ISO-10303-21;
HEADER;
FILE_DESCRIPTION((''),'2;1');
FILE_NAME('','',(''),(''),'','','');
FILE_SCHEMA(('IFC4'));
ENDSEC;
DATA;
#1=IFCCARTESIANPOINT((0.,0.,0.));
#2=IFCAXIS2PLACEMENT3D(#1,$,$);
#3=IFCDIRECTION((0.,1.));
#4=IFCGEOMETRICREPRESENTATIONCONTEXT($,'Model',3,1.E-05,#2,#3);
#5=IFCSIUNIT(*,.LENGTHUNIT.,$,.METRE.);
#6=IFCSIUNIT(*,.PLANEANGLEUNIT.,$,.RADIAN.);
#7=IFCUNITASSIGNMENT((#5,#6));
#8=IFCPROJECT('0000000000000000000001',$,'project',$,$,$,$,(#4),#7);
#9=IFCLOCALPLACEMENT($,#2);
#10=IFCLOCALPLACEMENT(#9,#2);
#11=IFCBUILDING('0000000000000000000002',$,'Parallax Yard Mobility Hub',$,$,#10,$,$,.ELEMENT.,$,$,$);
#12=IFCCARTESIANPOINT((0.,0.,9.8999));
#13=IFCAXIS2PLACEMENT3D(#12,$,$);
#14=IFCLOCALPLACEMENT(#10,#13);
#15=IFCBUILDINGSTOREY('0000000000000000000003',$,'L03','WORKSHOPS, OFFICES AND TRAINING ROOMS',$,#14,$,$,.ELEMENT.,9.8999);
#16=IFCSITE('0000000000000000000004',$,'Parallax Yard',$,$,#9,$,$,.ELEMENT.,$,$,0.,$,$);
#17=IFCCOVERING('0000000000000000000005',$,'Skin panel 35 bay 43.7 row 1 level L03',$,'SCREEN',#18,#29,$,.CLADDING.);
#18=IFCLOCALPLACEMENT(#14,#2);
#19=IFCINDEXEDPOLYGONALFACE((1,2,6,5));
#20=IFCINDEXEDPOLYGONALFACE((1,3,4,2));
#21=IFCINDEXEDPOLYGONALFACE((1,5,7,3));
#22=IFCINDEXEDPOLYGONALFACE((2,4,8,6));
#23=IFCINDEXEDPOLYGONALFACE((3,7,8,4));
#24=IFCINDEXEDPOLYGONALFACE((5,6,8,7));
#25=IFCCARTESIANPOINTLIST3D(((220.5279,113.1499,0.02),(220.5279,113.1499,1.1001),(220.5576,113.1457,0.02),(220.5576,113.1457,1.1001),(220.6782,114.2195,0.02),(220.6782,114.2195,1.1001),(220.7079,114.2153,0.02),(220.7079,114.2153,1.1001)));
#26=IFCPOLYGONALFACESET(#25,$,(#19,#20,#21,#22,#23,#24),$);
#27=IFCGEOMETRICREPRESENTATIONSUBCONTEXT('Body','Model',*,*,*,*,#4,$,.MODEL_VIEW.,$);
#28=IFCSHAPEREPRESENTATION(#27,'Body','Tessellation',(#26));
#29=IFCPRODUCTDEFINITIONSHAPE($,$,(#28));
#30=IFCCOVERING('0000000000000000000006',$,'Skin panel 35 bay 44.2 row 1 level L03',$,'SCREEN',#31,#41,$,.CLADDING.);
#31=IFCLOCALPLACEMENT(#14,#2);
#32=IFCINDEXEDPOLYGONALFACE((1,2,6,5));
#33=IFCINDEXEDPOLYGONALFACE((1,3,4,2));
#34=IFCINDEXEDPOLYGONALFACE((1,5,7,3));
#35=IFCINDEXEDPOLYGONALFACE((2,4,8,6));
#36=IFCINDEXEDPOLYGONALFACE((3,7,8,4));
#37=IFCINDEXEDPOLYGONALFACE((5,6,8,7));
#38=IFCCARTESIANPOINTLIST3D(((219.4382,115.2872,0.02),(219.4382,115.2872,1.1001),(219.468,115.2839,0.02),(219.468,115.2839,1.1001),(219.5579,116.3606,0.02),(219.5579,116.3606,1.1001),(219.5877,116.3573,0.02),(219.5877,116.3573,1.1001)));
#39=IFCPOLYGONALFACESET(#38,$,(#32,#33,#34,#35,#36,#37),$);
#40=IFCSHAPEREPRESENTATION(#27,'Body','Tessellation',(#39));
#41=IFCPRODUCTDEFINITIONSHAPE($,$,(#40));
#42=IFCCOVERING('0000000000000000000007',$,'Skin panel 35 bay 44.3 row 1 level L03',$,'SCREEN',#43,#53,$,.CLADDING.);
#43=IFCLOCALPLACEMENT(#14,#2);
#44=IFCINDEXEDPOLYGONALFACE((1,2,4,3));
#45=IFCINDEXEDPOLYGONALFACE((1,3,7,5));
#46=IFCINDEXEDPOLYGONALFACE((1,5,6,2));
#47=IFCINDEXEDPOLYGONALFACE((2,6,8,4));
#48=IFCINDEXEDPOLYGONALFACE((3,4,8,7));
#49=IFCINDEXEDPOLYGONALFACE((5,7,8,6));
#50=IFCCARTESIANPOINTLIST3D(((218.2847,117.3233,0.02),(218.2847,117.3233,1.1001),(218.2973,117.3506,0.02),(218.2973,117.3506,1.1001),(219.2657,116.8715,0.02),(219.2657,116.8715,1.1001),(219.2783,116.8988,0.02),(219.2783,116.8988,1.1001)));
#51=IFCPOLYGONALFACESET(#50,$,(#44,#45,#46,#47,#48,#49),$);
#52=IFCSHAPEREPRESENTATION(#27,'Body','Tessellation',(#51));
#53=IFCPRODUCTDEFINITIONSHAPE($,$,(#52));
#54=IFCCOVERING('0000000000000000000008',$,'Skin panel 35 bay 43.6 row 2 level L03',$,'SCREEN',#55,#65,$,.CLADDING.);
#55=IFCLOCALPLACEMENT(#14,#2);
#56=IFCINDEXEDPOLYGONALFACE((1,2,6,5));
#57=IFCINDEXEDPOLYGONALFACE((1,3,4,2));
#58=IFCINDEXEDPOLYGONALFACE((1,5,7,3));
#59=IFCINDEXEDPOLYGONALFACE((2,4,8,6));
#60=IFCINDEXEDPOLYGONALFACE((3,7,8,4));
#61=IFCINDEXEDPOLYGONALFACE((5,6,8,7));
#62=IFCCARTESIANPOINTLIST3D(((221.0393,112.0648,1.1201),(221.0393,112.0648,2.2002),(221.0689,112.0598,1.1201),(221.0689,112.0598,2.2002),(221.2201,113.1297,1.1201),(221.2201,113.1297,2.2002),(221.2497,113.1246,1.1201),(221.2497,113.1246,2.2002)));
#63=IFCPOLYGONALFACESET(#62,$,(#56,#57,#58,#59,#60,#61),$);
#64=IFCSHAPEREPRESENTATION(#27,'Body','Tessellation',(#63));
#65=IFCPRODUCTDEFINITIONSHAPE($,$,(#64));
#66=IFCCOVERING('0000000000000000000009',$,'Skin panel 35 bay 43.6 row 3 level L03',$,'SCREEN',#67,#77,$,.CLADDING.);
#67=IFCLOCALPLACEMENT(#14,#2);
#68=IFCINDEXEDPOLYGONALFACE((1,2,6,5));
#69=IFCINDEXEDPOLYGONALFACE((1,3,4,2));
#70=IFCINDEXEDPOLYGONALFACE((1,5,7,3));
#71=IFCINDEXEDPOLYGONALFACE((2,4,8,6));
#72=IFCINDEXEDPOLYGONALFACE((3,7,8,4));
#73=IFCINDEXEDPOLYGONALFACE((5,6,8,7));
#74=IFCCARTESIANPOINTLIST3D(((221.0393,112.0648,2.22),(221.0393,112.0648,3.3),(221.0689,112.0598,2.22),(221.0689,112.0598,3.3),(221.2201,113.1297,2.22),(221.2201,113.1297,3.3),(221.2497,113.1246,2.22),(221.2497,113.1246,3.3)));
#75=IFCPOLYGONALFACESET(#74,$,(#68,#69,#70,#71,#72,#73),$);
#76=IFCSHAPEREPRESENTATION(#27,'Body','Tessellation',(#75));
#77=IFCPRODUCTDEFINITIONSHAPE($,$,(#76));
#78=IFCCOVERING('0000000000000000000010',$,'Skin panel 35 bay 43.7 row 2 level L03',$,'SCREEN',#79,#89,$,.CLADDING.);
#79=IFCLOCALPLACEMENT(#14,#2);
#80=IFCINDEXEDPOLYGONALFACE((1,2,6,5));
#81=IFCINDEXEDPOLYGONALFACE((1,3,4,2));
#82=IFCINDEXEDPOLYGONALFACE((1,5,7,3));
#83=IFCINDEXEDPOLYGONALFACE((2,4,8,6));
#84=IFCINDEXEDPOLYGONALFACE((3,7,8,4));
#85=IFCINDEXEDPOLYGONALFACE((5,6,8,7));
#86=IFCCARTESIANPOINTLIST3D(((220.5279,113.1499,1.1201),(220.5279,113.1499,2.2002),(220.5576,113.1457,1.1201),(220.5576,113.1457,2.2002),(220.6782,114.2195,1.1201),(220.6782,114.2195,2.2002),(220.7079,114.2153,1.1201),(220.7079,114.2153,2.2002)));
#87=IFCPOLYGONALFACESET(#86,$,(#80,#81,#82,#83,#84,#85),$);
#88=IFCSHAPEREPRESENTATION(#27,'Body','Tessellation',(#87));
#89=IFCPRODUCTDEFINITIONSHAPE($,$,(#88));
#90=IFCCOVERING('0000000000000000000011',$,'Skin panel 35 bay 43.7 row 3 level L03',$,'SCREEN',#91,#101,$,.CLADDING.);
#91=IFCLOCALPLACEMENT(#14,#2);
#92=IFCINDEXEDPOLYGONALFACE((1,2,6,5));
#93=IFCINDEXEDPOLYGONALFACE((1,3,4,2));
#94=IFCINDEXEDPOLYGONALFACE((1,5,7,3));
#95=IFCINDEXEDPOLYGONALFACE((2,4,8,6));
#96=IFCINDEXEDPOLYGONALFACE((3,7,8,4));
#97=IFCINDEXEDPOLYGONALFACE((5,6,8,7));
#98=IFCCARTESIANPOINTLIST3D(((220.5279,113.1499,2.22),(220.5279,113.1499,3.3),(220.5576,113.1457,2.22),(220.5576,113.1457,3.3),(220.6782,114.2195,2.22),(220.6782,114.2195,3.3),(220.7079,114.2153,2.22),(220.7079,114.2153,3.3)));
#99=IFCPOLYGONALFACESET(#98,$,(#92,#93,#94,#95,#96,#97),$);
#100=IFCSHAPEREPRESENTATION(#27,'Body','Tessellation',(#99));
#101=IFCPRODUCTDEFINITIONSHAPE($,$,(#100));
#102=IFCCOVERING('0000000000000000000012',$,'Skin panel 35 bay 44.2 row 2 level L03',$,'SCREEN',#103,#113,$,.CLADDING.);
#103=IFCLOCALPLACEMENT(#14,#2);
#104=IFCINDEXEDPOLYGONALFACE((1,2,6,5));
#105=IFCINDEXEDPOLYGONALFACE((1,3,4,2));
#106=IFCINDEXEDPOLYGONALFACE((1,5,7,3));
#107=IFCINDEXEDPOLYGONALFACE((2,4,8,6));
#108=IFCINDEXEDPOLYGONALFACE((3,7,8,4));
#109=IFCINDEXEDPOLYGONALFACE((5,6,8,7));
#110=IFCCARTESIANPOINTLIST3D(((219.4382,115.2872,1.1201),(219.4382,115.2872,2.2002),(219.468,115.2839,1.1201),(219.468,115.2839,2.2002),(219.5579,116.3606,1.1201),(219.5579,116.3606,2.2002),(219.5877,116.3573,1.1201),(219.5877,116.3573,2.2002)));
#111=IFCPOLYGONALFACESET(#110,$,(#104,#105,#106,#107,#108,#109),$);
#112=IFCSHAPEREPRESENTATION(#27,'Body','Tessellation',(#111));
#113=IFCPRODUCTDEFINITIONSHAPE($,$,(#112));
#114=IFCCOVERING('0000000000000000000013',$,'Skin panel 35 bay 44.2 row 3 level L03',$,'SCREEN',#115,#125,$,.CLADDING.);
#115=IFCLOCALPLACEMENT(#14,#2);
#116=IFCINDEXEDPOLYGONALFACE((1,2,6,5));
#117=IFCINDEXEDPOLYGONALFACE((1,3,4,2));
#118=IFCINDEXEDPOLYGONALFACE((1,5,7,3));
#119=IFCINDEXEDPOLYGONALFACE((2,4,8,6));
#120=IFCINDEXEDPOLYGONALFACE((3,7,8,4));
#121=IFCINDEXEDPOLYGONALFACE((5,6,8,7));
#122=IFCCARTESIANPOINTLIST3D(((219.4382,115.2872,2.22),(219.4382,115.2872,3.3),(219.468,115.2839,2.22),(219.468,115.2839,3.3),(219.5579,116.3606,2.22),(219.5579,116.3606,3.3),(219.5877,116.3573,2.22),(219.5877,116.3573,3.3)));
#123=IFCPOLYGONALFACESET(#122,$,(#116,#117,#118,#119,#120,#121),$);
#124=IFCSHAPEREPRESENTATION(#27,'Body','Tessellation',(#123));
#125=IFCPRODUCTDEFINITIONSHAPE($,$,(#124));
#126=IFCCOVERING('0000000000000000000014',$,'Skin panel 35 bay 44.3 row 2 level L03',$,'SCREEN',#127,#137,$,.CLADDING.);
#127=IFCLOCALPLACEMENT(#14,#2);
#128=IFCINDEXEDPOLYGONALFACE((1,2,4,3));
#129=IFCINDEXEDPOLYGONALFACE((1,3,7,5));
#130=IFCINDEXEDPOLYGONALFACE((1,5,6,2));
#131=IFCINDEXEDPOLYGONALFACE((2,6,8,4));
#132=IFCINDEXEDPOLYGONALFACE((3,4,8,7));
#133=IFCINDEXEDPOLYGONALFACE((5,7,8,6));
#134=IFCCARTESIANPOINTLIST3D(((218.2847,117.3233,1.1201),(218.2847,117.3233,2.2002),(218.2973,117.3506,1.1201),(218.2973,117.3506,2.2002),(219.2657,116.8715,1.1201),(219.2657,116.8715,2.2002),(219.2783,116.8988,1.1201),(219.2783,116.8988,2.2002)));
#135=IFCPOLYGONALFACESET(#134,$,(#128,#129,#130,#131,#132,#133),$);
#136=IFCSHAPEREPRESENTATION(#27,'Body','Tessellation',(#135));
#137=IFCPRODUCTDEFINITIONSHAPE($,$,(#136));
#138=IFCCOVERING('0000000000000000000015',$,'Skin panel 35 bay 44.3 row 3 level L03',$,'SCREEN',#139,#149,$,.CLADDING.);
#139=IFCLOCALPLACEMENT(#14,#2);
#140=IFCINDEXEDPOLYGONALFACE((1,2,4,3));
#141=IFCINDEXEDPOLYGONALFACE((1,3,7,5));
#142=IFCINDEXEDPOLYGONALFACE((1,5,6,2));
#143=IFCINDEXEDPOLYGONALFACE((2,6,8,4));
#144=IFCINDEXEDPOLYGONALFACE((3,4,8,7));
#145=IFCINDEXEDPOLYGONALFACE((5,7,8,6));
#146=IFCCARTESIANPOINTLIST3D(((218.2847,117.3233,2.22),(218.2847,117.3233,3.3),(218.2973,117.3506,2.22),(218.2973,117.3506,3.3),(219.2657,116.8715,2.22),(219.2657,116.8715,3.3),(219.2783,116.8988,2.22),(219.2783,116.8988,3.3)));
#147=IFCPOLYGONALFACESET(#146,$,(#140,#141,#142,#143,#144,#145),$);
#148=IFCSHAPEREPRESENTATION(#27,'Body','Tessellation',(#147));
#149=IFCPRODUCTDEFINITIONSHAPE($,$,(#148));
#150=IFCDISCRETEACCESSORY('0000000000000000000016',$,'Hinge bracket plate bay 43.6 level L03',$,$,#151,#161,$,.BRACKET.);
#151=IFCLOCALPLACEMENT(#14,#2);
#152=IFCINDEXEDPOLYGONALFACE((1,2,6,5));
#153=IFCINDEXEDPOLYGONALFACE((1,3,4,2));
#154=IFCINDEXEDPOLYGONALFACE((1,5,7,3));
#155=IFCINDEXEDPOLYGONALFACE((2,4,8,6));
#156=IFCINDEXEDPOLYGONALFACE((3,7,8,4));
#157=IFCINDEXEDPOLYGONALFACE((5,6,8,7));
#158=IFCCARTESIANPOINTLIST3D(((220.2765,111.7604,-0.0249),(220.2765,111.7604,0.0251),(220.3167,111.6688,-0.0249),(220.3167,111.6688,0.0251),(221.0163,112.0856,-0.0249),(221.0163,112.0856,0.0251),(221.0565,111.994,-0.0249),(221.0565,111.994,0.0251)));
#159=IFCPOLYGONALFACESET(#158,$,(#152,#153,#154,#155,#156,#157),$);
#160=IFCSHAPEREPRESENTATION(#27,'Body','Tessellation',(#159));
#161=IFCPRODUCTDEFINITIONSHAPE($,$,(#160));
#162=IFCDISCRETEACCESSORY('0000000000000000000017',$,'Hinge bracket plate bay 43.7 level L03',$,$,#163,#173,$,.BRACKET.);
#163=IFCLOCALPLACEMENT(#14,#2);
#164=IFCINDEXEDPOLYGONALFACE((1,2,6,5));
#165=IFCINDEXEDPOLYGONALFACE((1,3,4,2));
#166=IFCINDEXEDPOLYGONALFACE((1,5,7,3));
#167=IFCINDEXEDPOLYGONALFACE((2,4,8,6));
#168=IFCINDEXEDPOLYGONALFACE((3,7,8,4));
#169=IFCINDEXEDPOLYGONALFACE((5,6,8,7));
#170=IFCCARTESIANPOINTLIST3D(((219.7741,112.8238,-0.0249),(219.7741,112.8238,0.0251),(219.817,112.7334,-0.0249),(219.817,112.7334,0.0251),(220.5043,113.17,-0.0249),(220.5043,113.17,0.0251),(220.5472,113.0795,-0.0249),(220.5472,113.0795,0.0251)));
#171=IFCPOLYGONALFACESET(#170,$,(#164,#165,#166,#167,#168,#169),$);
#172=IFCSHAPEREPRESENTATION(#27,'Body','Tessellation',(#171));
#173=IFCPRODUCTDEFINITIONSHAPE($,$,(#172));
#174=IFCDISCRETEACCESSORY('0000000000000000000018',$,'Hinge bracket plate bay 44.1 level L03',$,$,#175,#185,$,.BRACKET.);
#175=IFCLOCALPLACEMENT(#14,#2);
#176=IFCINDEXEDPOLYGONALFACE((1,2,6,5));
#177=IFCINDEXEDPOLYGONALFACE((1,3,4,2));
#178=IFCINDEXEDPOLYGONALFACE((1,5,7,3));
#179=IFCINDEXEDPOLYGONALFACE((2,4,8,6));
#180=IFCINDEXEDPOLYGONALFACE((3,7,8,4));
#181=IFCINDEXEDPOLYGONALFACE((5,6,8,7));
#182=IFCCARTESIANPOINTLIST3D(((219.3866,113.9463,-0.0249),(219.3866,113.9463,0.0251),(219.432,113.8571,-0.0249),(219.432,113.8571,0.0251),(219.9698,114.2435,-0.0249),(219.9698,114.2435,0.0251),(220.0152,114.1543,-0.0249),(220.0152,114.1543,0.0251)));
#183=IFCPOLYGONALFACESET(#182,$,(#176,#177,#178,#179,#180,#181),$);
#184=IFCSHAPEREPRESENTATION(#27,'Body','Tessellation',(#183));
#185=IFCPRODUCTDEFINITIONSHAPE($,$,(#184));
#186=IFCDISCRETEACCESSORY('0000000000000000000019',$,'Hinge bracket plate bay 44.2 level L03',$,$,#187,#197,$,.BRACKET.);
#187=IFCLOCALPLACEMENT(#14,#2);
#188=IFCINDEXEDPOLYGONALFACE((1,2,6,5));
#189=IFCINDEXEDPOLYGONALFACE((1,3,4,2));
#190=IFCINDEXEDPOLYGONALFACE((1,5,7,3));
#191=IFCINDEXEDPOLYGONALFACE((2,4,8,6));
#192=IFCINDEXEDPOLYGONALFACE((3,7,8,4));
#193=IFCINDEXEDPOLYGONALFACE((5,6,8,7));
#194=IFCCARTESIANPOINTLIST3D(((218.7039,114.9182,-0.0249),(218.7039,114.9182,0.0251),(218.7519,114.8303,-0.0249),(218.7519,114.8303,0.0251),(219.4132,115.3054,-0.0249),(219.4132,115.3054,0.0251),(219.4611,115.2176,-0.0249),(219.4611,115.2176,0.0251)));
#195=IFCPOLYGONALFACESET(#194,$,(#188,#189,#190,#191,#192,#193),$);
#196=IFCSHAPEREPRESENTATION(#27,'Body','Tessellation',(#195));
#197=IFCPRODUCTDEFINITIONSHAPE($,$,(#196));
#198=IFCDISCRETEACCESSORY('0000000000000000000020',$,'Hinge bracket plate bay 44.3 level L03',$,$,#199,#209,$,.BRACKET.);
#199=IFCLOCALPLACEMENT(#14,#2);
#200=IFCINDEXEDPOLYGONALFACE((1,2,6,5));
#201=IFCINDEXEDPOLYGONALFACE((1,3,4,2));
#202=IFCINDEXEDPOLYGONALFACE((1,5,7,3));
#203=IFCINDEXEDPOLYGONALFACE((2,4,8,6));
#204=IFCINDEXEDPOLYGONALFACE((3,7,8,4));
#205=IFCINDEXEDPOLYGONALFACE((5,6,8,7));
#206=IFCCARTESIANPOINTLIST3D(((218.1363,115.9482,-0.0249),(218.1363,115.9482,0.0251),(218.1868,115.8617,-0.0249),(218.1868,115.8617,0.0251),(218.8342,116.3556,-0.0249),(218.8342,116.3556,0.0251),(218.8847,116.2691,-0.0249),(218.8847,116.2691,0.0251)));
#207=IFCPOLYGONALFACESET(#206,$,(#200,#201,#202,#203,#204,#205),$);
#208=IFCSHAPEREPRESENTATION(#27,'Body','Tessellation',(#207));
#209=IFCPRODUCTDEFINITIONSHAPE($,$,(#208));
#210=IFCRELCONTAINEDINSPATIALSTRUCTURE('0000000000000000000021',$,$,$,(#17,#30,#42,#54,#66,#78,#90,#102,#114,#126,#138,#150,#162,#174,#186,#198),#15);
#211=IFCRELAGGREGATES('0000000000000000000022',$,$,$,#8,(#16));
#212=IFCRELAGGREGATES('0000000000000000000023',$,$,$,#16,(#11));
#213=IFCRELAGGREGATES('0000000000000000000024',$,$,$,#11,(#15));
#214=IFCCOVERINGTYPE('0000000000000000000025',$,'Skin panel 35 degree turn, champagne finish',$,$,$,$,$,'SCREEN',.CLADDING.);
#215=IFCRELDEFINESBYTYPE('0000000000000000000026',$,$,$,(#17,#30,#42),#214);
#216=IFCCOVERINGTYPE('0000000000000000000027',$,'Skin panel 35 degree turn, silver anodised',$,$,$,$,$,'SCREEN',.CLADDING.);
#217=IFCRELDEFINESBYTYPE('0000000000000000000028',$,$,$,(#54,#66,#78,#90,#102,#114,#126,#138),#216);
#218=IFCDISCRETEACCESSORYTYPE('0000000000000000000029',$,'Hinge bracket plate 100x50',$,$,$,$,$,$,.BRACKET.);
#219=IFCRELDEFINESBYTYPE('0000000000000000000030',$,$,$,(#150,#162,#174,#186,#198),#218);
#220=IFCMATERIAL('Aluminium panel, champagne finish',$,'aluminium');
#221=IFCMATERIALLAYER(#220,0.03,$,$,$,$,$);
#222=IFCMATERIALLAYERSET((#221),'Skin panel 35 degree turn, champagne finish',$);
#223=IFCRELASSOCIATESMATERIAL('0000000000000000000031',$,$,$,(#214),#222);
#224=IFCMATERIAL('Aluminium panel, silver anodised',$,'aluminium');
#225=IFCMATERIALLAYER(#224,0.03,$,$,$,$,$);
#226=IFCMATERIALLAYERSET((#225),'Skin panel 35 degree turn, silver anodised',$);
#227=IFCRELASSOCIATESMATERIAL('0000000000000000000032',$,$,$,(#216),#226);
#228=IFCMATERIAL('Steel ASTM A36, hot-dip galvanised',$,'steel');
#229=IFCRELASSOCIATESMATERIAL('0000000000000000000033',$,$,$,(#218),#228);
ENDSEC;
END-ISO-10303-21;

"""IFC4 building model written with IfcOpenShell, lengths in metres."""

from ifc_helpers import new_model, si_unit, direction, frame, origin, origin_2d, place, context, subcontext, project, spatial, rectangle, extrude, material, layer, layer_set, type_object, element, save


model = new_model("IFC4")

# Units and contexts
model_context = context("Model", 3, precision=1e-05, world=origin(), true_north=direction((0.0, 1.0)))
body_context = subcontext(model_context, "Body", "Model", "MODEL_VIEW")
ifc_project = project(units=[si_unit("LENGTHUNIT", "METRE"), si_unit("PLANEANGLEUNIT", "RADIAN")], contexts=[model_context])

# Site, building, storey
site_placement = place(None, origin())
site = spatial("IfcSite", under=ifc_project, at=site_placement, Name="Parallax Yard", CompositionType="ELEMENT", RefElevation=0.0)
building_placement = place(site_placement, origin())
building = spatial("IfcBuilding", under=site, at=building_placement, Name="Parallax Yard Mobility Hub", CompositionType="ELEMENT")
storey_placement = place(building_placement, frame((0.0, 0.0, 9.8999)))
storey = spatial("IfcBuildingStorey", under=building, at=storey_placement, Name="L03", Description="WORKSHOPS, OFFICES AND TRAINING ROOMS", CompositionType="ELEMENT", Elevation=9.8999)

# Coverings
ifc_material_1 = material(Name="Aluminium panel, champagne finish", Category="aluminium")
ifc_material_2 = material(Name="Aluminium panel, silver anodised", Category="aluminium")
ifc_layer_1 = layer(ifc_material_1, 0.03)
ifc_layer_set_1 = layer_set([ifc_layer_1], Name="Skin panel 35 degree turn, champagne finish")
covering_type_1 = type_object("IfcCoveringType", Name="Skin panel 35 degree turn, champagne finish", ElementType="SCREEN", PredefinedType="CLADDING", material=ifc_layer_set_1)
for number, where, z_axis, x_axis, name in (
    (1, (220.6179, 113.6826, 0.02), (0.0, 0.0, 1.0), (0.139173, 0.990268, 0.0), "Skin panel 35 bay 43.7 row 1 level L03"),
    (2, (219.5129, 115.8223, 0.02), (0.0, 0.0, 1.0), (0.110838, 0.993839, 0.0), "Skin panel 35 bay 44.2 row 1 level L03"),
    (3, (218.7815, 117.1111, 0.02), (0.0, 0.0, 1.0), (0.908309, -0.4183, 0.0), "Skin panel 35 bay 44.3 row 1 level L03"),
):
    element("IfcCovering", number, at=place(storey_placement, frame(where, z_axis=z_axis, x_axis=x_axis)), inside=storey, type_object=covering_type_1, Name=name, ObjectType="SCREEN", PredefinedType="CLADDING", context=body_context, shape_type="SweptSolid", body=[
        extrude(rectangle(XDim=1.0801, YDim=0.03, at=origin_2d()), origin(), (0.0, 0.0, 1.0), 1.0801),
    ])
ifc_layer_2 = layer(ifc_material_2, 0.03)
ifc_layer_set_2 = layer_set([ifc_layer_2], Name="Skin panel 35 degree turn, silver anodised")
covering_type_2 = type_object("IfcCoveringType", Name="Skin panel 35 degree turn, silver anodised", ElementType="SCREEN", PredefinedType="CLADDING", material=ifc_layer_set_2)
for number, where, z_axis, x_axis, name in (
    (4, (221.1445, 112.5947, 1.1201), (0.0, 0.0, 1.0), (0.167395, 0.98589, 0.0), "Skin panel 35 bay 43.6 row 2 level L03"),
    (5, (221.1445, 112.5947, 2.22), (0.0, 0.0, 1.0), (0.167395, 0.98589, 0.0), "Skin panel 35 bay 43.6 row 3 level L03"),
    (6, (220.6179, 113.6826, 1.1201), (0.0, 0.0, 1.0), (0.139173, 0.990268, 0.0), "Skin panel 35 bay 43.7 row 2 level L03"),
    (7, (220.6179, 113.6826, 2.22), (0.0, 0.0, 1.0), (0.139173, 0.990268, 0.0), "Skin panel 35 bay 43.7 row 3 level L03"),
    (8, (219.5129, 115.8223, 1.1201), (0.0, 0.0, 1.0), (0.110838, 0.993839, 0.0), "Skin panel 35 bay 44.2 row 2 level L03"),
    (9, (219.5129, 115.8223, 2.22), (0.0, 0.0, 1.0), (0.110838, 0.993839, 0.0), "Skin panel 35 bay 44.2 row 3 level L03"),
    (10, (218.7815, 117.1111, 1.1201), (0.0, 0.0, 1.0), (0.908309, -0.4183, 0.0), "Skin panel 35 bay 44.3 row 2 level L03"),
    (11, (218.7815, 117.1111, 2.22), (0.0, 0.0, 1.0), (0.908309, -0.4183, 0.0), "Skin panel 35 bay 44.3 row 3 level L03"),
):
    element("IfcCovering", number, at=place(storey_placement, frame(where, z_axis=z_axis, x_axis=x_axis)), inside=storey, type_object=covering_type_2, Name=name, ObjectType="SCREEN", PredefinedType="CLADDING", context=body_context, shape_type="SweptSolid", body=[
        extrude(rectangle(XDim=1.0801, YDim=0.03, at=origin_2d()), origin(), (0.0, 0.0, 1.0), 1.0801),
    ])

# Discrete accessories
ifc_material_3 = material(Name="Steel ASTM A36, hot-dip galvanised", Category="steel")
discrete_accessory_type_1 = type_object("IfcDiscreteAccessoryType", Name="Hinge bracket plate 100x50", PredefinedType="BRACKET", material=ifc_material_3)
for number, where, z_axis, x_axis, name in (
    (12, (220.6665, 111.8772, -0.0249), (0.0, 0.0, 1.0), (0.915471, 0.402384, 0.0), "Hinge bracket plate bay 43.6 level L03"),
    (13, (220.1606, 112.9517, -0.0249), (0.0, 0.0, 1.0), (0.903608, 0.428361, 0.0), "Hinge bracket plate bay 43.7 level L03"),
):
    element("IfcDiscreteAccessory", number, at=place(storey_placement, frame(where, z_axis=z_axis, x_axis=x_axis)), inside=storey, type_object=discrete_accessory_type_1, Name=name, PredefinedType="BRACKET", context=body_context, shape_type="SweptSolid", body=[
        extrude(rectangle(XDim=0.8081, YDim=0.1001, at=origin_2d()), origin(), (0.0, 0.0, 1.0), 0.05),
    ])
discrete_accessory_placement = place(storey_placement, frame((219.7009, 114.0503, -0.0249), z_axis=(0.0, 0.0, 1.0), x_axis=(0.891007, 0.45399, 0.0)))
element("IfcDiscreteAccessory", 14, at=discrete_accessory_placement, inside=storey, type_object=discrete_accessory_type_1, Name="Hinge bracket plate bay 44.1 level L03", PredefinedType="BRACKET", context=body_context, shape_type="SweptSolid", body=[
    extrude(rectangle(XDim=0.6545, YDim=0.1001, at=origin_2d()), origin(), (0.0, 0.0, 1.0), 0.05),
])
for number, where, z_axis, x_axis, name in (
    (15, (219.0825, 115.0679, -0.0249), (0.0, 0.0, 1.0), (0.877679, 0.47925, 0.0), "Hinge bracket plate bay 44.2 level L03"),
    (16, (218.5105, 116.1086, -0.0249), (0.0, 0.0, 1.0), (0.863636, 0.504116, 0.0), "Hinge bracket plate bay 44.3 level L03"),
):
    element("IfcDiscreteAccessory", number, at=place(storey_placement, frame(where, z_axis=z_axis, x_axis=x_axis)), inside=storey, type_object=discrete_accessory_type_1, Name=name, PredefinedType="BRACKET", context=body_context, shape_type="SweptSolid", body=[
        extrude(rectangle(XDim=0.8081, YDim=0.1001, at=origin_2d()), origin(), (0.0, 0.0, 1.0), 0.05),
    ])

save(model, "model.ifc")
